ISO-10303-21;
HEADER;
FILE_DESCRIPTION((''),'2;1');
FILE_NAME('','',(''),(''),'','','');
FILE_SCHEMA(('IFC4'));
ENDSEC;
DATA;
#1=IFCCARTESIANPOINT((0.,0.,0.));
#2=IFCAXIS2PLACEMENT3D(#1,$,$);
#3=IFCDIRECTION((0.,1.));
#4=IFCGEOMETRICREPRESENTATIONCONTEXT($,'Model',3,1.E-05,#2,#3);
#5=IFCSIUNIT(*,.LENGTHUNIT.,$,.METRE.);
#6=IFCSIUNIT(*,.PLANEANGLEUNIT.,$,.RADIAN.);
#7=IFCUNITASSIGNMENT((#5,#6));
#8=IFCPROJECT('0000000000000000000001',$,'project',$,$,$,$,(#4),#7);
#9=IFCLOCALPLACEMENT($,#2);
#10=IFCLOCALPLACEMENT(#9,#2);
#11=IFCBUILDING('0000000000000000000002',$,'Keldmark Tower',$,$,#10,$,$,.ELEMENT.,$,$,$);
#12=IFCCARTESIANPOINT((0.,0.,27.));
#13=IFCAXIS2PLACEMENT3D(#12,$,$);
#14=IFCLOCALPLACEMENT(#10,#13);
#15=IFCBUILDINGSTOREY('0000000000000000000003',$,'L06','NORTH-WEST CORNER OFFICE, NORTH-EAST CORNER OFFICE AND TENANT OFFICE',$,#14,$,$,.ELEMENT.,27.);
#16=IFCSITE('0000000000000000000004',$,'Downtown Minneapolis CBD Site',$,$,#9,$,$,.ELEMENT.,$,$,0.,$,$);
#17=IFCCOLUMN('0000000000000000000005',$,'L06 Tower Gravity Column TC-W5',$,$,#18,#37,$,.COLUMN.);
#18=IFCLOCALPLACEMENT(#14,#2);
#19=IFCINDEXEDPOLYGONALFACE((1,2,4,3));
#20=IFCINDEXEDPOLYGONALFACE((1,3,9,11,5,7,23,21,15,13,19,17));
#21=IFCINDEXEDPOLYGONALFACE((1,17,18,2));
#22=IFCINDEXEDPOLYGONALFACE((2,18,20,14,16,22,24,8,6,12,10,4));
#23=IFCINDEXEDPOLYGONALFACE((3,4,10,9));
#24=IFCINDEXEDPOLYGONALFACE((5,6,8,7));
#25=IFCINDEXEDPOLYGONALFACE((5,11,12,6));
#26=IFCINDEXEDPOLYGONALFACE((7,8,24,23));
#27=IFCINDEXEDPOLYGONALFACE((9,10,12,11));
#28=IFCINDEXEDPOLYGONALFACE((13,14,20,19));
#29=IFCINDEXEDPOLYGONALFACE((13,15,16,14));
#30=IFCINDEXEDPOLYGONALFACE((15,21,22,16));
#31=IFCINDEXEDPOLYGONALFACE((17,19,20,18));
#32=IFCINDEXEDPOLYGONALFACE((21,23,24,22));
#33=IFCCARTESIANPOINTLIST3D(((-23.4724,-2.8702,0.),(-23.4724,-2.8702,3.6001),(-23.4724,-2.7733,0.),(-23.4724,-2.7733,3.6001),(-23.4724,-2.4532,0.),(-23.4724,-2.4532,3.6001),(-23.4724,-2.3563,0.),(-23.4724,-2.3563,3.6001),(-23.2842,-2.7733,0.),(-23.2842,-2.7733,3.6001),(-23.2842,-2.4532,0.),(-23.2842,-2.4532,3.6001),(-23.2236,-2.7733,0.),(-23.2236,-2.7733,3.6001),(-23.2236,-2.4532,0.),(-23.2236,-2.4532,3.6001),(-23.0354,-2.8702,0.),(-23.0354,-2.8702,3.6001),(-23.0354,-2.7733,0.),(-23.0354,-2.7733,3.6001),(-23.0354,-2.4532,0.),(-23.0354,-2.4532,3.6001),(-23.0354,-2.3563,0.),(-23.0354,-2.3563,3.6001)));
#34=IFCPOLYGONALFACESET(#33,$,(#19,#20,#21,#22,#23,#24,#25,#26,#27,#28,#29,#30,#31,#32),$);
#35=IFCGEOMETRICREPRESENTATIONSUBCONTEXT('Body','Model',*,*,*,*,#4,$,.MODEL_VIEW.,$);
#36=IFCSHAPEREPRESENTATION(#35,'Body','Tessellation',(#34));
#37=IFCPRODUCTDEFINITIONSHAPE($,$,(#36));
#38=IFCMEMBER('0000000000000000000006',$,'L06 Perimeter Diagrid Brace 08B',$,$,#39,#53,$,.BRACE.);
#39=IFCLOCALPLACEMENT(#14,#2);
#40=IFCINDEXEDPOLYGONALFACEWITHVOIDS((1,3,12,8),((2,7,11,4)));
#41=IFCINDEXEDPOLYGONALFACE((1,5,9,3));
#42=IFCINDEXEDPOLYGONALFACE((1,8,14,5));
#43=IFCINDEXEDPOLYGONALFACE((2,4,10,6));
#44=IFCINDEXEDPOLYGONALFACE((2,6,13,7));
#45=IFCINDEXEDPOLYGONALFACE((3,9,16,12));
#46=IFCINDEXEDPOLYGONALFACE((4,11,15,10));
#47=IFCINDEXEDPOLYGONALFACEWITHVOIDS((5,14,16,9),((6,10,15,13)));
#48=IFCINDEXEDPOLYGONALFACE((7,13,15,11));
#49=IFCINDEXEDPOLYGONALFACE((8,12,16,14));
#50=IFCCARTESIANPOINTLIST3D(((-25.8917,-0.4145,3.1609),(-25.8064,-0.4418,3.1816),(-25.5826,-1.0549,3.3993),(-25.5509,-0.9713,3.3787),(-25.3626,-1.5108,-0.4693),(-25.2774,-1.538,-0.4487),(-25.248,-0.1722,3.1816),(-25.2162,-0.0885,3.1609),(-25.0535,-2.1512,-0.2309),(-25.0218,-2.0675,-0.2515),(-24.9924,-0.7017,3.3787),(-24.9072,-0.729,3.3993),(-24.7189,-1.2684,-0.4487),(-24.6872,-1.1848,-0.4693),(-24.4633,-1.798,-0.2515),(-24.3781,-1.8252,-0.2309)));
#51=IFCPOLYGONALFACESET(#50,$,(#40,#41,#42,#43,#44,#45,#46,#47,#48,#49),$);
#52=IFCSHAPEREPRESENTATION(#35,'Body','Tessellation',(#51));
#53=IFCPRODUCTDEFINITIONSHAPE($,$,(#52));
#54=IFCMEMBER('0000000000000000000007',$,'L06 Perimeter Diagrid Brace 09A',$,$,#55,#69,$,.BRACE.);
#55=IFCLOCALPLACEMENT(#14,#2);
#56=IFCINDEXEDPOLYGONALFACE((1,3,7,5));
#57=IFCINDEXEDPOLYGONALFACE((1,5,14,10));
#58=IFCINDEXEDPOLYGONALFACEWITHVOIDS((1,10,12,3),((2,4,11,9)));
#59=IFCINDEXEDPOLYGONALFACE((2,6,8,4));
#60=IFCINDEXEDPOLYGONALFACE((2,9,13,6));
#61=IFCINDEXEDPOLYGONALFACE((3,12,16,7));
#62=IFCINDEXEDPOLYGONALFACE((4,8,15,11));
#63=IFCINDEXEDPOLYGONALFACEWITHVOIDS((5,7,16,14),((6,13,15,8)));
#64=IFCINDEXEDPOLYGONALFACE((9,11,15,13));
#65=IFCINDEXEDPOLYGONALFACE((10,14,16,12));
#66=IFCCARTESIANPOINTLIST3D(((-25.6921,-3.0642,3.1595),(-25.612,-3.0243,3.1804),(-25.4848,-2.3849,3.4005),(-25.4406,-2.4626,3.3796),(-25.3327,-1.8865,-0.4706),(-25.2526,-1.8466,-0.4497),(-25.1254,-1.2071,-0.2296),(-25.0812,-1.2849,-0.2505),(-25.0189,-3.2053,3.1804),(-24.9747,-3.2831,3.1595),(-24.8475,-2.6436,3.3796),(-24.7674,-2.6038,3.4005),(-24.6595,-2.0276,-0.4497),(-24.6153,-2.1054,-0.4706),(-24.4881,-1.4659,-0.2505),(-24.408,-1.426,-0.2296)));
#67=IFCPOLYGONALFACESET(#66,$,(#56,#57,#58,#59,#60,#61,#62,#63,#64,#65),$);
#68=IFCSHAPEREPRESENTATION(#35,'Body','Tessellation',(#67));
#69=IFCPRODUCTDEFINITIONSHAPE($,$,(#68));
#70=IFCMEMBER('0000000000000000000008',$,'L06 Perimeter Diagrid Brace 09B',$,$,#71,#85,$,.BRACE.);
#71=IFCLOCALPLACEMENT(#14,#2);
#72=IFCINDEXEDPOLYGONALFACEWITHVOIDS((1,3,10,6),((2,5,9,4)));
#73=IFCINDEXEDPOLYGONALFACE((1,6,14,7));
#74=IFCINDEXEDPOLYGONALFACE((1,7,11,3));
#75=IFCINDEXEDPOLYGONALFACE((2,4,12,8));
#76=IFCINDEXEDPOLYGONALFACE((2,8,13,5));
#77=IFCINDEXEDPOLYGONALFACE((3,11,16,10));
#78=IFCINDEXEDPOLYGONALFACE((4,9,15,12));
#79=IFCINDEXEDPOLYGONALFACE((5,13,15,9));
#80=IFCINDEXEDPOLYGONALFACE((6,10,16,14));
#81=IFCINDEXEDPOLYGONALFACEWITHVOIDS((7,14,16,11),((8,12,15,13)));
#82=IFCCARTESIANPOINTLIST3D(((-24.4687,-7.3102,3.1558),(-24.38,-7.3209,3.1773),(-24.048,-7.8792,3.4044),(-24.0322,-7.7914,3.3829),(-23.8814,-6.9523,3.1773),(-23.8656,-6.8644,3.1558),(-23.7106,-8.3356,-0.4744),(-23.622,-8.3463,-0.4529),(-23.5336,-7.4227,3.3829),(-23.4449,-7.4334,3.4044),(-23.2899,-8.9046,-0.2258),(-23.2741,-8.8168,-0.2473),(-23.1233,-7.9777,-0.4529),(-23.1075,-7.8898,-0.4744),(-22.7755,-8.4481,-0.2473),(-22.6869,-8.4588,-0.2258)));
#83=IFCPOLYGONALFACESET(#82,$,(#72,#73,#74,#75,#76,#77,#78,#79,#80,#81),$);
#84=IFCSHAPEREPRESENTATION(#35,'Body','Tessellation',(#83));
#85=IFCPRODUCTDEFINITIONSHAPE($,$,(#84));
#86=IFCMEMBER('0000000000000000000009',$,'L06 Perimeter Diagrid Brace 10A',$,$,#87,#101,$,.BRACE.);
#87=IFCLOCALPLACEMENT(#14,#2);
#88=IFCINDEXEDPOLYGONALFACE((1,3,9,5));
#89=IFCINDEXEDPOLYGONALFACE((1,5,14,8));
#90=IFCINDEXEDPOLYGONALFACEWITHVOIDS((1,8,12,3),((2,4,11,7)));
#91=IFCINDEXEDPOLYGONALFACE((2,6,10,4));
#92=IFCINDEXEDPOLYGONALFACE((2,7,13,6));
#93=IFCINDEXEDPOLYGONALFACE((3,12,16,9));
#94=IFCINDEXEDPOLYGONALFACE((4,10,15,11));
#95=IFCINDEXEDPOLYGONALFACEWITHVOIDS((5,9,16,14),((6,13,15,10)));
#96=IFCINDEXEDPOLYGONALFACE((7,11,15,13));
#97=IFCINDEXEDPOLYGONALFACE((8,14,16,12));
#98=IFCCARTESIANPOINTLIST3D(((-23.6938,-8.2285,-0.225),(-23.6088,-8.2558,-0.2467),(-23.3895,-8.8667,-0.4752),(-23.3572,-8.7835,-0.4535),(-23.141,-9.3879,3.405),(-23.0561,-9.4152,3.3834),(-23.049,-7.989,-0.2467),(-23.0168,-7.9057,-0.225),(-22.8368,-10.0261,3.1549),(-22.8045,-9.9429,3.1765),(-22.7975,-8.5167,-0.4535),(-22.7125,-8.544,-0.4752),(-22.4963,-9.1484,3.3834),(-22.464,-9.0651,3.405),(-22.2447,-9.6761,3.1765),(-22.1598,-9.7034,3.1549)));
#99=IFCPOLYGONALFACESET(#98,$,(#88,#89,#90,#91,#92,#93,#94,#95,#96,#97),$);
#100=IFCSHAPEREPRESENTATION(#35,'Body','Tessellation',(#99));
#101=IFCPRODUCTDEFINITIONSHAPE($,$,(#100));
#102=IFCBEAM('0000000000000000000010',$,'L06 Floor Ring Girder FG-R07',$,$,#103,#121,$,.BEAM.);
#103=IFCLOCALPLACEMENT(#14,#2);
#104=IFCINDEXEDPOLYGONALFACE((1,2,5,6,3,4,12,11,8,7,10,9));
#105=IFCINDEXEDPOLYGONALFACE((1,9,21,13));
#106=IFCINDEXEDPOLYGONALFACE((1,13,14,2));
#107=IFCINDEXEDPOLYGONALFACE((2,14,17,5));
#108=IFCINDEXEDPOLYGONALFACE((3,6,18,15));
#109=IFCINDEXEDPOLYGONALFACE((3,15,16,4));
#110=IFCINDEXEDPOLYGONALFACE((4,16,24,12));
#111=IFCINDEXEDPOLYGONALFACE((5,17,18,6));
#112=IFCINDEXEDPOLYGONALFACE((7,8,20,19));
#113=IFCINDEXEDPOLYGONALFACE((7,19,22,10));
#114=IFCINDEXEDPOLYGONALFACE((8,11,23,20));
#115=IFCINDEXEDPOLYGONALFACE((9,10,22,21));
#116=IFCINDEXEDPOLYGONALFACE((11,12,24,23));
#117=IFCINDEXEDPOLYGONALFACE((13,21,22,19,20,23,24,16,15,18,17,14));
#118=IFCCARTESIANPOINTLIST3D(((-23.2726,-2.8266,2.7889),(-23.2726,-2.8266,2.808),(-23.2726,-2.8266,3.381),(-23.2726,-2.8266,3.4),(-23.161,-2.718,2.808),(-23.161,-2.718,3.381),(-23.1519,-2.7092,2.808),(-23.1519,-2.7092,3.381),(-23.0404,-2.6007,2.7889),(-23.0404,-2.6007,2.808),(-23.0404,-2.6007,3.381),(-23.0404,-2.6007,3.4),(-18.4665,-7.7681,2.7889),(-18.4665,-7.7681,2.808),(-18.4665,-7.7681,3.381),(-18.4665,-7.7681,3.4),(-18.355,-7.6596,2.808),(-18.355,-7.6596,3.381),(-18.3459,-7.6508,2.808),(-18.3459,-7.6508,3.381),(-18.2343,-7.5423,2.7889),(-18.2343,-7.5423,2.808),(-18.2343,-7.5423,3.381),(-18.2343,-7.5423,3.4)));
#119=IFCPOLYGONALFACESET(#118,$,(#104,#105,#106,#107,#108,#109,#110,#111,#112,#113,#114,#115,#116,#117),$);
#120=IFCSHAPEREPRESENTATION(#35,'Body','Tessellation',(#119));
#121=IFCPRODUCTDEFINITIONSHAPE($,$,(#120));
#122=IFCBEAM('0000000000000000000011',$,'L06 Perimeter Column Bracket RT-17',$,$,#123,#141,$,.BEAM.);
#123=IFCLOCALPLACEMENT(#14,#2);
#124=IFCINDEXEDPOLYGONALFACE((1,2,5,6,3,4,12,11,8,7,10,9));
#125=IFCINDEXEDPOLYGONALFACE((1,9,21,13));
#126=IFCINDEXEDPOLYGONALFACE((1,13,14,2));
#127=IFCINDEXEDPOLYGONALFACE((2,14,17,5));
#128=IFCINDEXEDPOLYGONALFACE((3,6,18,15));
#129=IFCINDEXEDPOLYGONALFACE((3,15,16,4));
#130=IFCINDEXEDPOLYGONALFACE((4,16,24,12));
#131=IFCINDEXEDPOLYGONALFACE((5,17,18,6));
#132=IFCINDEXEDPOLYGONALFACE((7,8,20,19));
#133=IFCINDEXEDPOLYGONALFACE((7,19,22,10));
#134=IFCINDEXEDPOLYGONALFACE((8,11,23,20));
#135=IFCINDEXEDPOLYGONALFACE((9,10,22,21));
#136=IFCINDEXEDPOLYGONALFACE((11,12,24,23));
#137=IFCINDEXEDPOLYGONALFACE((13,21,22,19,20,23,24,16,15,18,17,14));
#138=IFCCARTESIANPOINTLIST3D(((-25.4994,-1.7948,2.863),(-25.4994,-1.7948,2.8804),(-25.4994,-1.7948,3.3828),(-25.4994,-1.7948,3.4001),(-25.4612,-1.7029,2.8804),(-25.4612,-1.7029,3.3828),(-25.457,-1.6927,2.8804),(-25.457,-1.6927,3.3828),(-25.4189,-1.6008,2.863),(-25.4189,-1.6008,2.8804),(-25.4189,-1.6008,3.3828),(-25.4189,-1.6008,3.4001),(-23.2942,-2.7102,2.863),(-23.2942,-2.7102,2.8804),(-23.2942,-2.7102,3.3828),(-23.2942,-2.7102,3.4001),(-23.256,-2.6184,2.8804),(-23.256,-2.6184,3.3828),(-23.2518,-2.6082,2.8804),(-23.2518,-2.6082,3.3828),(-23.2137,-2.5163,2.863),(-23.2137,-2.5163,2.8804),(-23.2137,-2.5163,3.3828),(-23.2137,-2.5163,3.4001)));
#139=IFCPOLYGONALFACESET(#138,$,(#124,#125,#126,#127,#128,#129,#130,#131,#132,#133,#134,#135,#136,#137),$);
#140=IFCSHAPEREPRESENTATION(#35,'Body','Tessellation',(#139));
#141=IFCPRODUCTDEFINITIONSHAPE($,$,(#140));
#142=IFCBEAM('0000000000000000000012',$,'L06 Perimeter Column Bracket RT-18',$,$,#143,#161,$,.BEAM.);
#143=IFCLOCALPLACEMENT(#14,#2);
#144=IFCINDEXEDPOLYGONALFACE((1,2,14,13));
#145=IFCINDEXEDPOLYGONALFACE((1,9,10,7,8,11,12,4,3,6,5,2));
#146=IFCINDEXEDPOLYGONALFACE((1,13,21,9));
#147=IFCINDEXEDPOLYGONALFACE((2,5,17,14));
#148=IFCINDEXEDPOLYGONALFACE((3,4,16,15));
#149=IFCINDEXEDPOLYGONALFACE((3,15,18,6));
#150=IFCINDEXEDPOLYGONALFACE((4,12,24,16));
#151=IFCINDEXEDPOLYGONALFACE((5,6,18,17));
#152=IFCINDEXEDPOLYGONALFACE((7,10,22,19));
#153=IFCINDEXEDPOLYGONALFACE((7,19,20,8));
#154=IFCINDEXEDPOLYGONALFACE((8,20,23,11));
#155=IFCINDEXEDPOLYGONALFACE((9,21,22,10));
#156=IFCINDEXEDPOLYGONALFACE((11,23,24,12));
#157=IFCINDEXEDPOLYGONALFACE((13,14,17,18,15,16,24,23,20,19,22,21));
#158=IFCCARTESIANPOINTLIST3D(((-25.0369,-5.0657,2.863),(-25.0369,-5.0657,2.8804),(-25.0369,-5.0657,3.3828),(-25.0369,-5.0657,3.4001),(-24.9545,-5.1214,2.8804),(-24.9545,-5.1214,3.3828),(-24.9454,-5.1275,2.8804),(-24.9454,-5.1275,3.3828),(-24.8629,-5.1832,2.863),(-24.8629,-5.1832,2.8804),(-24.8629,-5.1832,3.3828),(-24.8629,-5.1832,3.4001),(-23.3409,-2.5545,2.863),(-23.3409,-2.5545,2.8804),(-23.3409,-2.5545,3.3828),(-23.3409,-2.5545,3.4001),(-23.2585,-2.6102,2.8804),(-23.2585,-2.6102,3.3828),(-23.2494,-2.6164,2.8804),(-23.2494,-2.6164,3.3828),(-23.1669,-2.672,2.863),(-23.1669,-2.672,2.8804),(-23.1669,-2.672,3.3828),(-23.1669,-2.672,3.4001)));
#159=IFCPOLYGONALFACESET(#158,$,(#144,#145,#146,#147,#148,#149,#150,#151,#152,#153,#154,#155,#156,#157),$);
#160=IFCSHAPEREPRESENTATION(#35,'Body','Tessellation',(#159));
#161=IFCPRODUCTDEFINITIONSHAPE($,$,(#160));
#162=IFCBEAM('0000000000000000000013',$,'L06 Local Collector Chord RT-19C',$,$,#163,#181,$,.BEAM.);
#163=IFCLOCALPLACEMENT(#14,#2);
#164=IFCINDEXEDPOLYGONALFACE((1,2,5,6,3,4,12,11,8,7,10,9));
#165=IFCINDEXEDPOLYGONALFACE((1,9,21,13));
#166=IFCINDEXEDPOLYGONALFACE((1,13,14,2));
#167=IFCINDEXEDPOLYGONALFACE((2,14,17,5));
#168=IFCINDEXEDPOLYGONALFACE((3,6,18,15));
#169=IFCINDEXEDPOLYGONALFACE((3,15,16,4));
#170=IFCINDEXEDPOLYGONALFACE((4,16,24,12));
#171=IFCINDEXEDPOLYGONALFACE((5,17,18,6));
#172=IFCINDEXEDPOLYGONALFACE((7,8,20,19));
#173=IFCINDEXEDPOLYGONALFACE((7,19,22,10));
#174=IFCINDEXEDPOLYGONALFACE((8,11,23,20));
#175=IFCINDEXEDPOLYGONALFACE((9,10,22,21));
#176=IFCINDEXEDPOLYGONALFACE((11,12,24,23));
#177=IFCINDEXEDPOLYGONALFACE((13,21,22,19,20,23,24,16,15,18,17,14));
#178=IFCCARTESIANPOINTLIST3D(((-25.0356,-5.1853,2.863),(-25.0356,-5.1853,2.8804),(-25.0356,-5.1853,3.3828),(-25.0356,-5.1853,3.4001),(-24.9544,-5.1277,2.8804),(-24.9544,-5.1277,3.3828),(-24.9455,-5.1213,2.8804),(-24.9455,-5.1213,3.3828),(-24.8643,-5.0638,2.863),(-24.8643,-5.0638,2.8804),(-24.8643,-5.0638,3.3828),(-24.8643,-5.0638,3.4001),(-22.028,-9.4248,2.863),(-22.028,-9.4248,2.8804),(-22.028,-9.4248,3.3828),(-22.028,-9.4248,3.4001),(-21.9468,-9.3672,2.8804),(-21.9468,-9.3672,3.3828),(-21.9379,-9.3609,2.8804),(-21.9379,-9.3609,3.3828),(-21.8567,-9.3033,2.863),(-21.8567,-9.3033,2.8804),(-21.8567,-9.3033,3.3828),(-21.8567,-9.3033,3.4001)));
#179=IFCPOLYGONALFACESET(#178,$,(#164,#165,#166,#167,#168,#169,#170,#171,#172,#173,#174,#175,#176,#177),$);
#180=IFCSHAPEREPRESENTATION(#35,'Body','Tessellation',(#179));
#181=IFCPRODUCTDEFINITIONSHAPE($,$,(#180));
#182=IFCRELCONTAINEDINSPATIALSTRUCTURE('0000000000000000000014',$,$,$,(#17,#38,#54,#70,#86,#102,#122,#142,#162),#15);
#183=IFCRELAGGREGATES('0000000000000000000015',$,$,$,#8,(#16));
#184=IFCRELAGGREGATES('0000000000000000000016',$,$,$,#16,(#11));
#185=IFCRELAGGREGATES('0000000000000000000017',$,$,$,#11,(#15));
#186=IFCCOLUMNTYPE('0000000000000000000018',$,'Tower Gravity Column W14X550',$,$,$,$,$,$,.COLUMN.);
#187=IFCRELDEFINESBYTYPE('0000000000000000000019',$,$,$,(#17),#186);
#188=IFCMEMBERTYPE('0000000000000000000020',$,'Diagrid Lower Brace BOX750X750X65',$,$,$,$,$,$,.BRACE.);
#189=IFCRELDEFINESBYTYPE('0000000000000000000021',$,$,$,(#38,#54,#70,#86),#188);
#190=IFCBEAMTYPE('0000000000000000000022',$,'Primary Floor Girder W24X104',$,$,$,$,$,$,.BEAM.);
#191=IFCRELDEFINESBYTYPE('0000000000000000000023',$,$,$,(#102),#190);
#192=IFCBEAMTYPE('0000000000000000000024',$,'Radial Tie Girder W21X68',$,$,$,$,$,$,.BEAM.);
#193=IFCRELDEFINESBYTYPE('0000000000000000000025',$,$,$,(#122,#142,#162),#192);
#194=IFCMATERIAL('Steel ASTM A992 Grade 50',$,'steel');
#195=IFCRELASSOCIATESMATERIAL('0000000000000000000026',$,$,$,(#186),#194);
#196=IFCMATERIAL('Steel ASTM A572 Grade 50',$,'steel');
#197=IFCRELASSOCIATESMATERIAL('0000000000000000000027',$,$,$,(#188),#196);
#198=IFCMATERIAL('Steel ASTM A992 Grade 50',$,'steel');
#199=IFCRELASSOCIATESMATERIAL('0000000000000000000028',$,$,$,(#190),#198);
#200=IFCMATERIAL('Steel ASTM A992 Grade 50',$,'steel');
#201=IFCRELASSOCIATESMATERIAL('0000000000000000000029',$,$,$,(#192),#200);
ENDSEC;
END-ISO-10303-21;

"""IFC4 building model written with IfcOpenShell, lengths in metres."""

from ifc_helpers import new_model, si_unit, direction, frame, origin, origin_2d, place, context, subcontext, project, spatial, hollow_rectangle, i_section, extrude, material, material_profile, profile_set, type_object, element, save


model = new_model("IFC4")

# Units and contexts
model_context = context("Model", 3, precision=1e-05, world=origin(), true_north=direction((0.0, 1.0)))
body_context = subcontext(model_context, "Body", "Model", "MODEL_VIEW")
ifc_project = project(units=[si_unit("LENGTHUNIT", "METRE"), si_unit("PLANEANGLEUNIT", "RADIAN")], contexts=[model_context])

# Site, building, storey
site_placement = place(None, origin())
site = spatial("IfcSite", under=ifc_project, at=site_placement, Name="Downtown Minneapolis CBD Site", CompositionType="ELEMENT", RefElevation=0.0)
building_placement = place(site_placement, origin())
building = spatial("IfcBuilding", under=site, at=building_placement, Name="Keldmark Tower", CompositionType="ELEMENT")
storey_placement = place(building_placement, frame((0.0, 0.0, 27.0)))
storey = spatial("IfcBuildingStorey", under=building, at=storey_placement, Name="L06", Description="NORTH-WEST CORNER OFFICE, NORTH-EAST CORNER OFFICE AND TENANT OFFICE", CompositionType="ELEMENT", Elevation=27.0)

# Column
ifc_material_1 = material(Name="Steel ASTM A992 Grade 50", Category="steel")
ifc_material_profile_1 = material_profile(ifc_material_1, i_section(OverallWidth=0.437, OverallDepth=0.5139, WebThickness=0.0605, FlangeThickness=0.0969, at=origin_2d()), Name="W14X550")
ifc_profile_set_1 = profile_set([ifc_material_profile_1], Name="Steel ASTM A992 Grade 50")
column_type = type_object("IfcColumnType", Name="Tower Gravity Column W14X550", PredefinedType="COLUMN", material=ifc_profile_set_1)
column_placement = place(storey_placement, frame((-23.2539, -2.6133, 0.0), z_axis=(0.0, 0.0, 1.0), x_axis=(1.0, 0.0, 0.0)))
element("IfcColumn", 1, at=column_placement, inside=storey, type_object=column_type, Name="L06 Tower Gravity Column TC-W5", PredefinedType="COLUMN", context=body_context, shape_type="SweptSolid", body=[
    extrude(i_section(OverallWidth=0.437, OverallDepth=0.5139, WebThickness=0.0605, FlangeThickness=0.0969, at=origin_2d()), origin(), (0.0, 0.0, 1.0), 3.6001),
])

# Members
ifc_material_2 = material(Name="Steel ASTM A572 Grade 50", Category="steel")
ifc_material_profile_2 = material_profile(ifc_material_2, hollow_rectangle(XDim=0.75, YDim=0.75, WallThickness=0.0649, at=origin_2d()), Name="BOX750X750X65")
ifc_profile_set_2 = profile_set([ifc_material_profile_2], Name="Steel ASTM A572 Grade 50")
member_type = type_object("IfcMemberType", Name="Diagrid Lower Brace BOX750X750X65", PredefinedType="BRACE", material=ifc_profile_set_2)
member_1_placement = place(storey_placement, frame((-24.8704, -1.668, -0.3501), z_axis=(-0.138179, 0.286305, 0.948122), x_axis=(-0.900598, -0.434654, 0.0)))
element("IfcMember", 2, at=member_1_placement, inside=storey, type_object=member_type, Name="L06 Perimeter Diagrid Brace 08B", PredefinedType="BRACE", context=body_context, shape_type="SweptSolid", body=[
    extrude(hollow_rectangle(XDim=0.75, YDim=0.75, WallThickness=0.0649, at=origin_2d()), origin(), (0.0, 0.0, 1.0), 3.8289),
])
member_2_placement = place(storey_placement, frame((-24.8704, -1.6562, -0.3501), z_axis=(-0.093751, -0.307239, 0.947003), x_axis=(0.956462, -0.291856, 0.0)))
element("IfcMember", 3, at=member_2_placement, inside=storey, type_object=member_type, Name="L06 Perimeter Diagrid Brace 09A", PredefinedType="BRACE", context=body_context, shape_type="SweptSolid", body=[
    extrude(hollow_rectangle(XDim=0.75, YDim=0.75, WallThickness=0.0649, at=origin_2d()), origin(), (0.0, 0.0, 1.0), 3.8333),
])
member_3_placement = place(storey_placement, frame((-23.1987, -8.3972, -0.3501), z_axis=(-0.197022, 0.266503, 0.943482), x_axis=(-0.804116, -0.594472, 0.0)))
element("IfcMember", 4, at=member_3_placement, inside=storey, type_object=member_type, Name="L06 Perimeter Diagrid Brace 09B", PredefinedType="BRACE", context=body_context, shape_type="SweptSolid", body=[
    extrude(hollow_rectangle(XDim=0.75, YDim=0.75, WallThickness=0.0649, at=origin_2d()), origin(), (0.0, 0.0, 1.0), 3.8477),
])
member_4_placement = place(storey_placement, frame((-23.2031, -8.3862, -0.3501), z_axis=(0.143543, -0.301097, 0.942728), x_axis=(0.902671, 0.430332, 0.0)))
element("IfcMember", 5, at=member_4_placement, inside=storey, type_object=member_type, Name="L06 Perimeter Diagrid Brace 10A", PredefinedType="BRACE", context=body_context, shape_type="SweptSolid", body=[
    extrude(hollow_rectangle(XDim=0.75, YDim=0.75, WallThickness=0.0649, at=origin_2d()), origin(), (0.0, 0.0, 1.0), 3.8506),
])

# Beams
ifc_material_3 = material(Name="Steel ASTM A992 Grade 50", Category="steel")
ifc_material_profile_3 = material_profile(ifc_material_3, i_section(OverallWidth=0.324, OverallDepth=0.6111, WebThickness=0.0127, FlangeThickness=0.019, at=origin_2d()), Name="W24X104")
ifc_profile_set_3 = profile_set([ifc_material_profile_3], Name="Steel ASTM A992 Grade 50")
beam_type_1 = type_object("IfcBeamType", Name="Primary Floor Girder W24X104", PredefinedType="BEAM", material=ifc_profile_set_3)
beam_1_placement = place(storey_placement, frame((-23.1565, -2.7136, 3.0945), z_axis=(0.69721, -0.716867, 0.0), x_axis=(0.716867, 0.69721, 0.0)))
element("IfcBeam", 6, at=beam_1_placement, inside=storey, type_object=beam_type_1, Name="L06 Floor Ring Girder FG-R07", PredefinedType="BEAM", context=body_context, shape_type="SweptSolid", body=[
    extrude(i_section(OverallWidth=0.324, OverallDepth=0.6111, WebThickness=0.0127, FlangeThickness=0.019, at=origin_2d()), origin(), (0.0, 0.0, 1.0), 6.8933),
])
ifc_material_4 = material(Name="Steel ASTM A992 Grade 50", Category="steel")
ifc_material_profile_4 = material_profile(ifc_material_4, i_section(OverallWidth=0.21, OverallDepth=0.5371, WebThickness=0.011, FlangeThickness=0.0173, at=origin_2d()), Name="W21X68")
ifc_profile_set_4 = profile_set([ifc_material_profile_4], Name="Steel ASTM A992 Grade 50")
beam_type_2 = type_object("IfcBeamType", Name="Radial Tie Girder W21X68", PredefinedType="BEAM", material=ifc_profile_set_4)
beam_2_placement = place(storey_placement, frame((-23.2539, -2.6133, 3.1316), z_axis=(-0.923575, 0.383417, 0.0), x_axis=(-0.383417, -0.923575, 0.0)))
element("IfcBeam", 7, at=beam_2_placement, inside=storey, type_object=beam_type_2, Name="L06 Perimeter Column Bracket RT-17", PredefinedType="BEAM", context=body_context, shape_type="SweptSolid", body=[
    extrude(i_section(OverallWidth=0.21, OverallDepth=0.5371, WebThickness=0.011, FlangeThickness=0.0173, at=origin_2d()), origin(), (0.0, 0.0, 1.0), 2.3877),
])
beam_3_placement = place(storey_placement, frame((-23.2539, -2.6133, 3.1316), z_axis=(-0.559691, -0.828701, 0.0), x_axis=(0.828701, -0.559691, 0.0)))
element("IfcBeam", 8, at=beam_3_placement, inside=storey, type_object=beam_type_2, Name="L06 Perimeter Column Bracket RT-18", PredefinedType="BEAM", context=body_context, shape_type="SweptSolid", body=[
    extrude(i_section(OverallWidth=0.21, OverallDepth=0.5371, WebThickness=0.011, FlangeThickness=0.0173, at=origin_2d()), origin(), (0.0, 0.0, 1.0), 3.0303),
])
beam_4_placement = place(storey_placement, frame((-24.95, -5.1245, 3.1316), z_axis=(0.578605, -0.815608, 0.0), x_axis=(0.815608, 0.578605, 0.0)))
element("IfcBeam", 9, at=beam_4_placement, inside=storey, type_object=beam_type_2, Name="L06 Local Collector Chord RT-19C", PredefinedType="BEAM", context=body_context, shape_type="SweptSolid", body=[
    extrude(i_section(OverallWidth=0.21, OverallDepth=0.5371, WebThickness=0.011, FlangeThickness=0.0173, at=origin_2d()), origin(), (0.0, 0.0, 1.0), 5.198),
])

save(model, "model.ifc")
